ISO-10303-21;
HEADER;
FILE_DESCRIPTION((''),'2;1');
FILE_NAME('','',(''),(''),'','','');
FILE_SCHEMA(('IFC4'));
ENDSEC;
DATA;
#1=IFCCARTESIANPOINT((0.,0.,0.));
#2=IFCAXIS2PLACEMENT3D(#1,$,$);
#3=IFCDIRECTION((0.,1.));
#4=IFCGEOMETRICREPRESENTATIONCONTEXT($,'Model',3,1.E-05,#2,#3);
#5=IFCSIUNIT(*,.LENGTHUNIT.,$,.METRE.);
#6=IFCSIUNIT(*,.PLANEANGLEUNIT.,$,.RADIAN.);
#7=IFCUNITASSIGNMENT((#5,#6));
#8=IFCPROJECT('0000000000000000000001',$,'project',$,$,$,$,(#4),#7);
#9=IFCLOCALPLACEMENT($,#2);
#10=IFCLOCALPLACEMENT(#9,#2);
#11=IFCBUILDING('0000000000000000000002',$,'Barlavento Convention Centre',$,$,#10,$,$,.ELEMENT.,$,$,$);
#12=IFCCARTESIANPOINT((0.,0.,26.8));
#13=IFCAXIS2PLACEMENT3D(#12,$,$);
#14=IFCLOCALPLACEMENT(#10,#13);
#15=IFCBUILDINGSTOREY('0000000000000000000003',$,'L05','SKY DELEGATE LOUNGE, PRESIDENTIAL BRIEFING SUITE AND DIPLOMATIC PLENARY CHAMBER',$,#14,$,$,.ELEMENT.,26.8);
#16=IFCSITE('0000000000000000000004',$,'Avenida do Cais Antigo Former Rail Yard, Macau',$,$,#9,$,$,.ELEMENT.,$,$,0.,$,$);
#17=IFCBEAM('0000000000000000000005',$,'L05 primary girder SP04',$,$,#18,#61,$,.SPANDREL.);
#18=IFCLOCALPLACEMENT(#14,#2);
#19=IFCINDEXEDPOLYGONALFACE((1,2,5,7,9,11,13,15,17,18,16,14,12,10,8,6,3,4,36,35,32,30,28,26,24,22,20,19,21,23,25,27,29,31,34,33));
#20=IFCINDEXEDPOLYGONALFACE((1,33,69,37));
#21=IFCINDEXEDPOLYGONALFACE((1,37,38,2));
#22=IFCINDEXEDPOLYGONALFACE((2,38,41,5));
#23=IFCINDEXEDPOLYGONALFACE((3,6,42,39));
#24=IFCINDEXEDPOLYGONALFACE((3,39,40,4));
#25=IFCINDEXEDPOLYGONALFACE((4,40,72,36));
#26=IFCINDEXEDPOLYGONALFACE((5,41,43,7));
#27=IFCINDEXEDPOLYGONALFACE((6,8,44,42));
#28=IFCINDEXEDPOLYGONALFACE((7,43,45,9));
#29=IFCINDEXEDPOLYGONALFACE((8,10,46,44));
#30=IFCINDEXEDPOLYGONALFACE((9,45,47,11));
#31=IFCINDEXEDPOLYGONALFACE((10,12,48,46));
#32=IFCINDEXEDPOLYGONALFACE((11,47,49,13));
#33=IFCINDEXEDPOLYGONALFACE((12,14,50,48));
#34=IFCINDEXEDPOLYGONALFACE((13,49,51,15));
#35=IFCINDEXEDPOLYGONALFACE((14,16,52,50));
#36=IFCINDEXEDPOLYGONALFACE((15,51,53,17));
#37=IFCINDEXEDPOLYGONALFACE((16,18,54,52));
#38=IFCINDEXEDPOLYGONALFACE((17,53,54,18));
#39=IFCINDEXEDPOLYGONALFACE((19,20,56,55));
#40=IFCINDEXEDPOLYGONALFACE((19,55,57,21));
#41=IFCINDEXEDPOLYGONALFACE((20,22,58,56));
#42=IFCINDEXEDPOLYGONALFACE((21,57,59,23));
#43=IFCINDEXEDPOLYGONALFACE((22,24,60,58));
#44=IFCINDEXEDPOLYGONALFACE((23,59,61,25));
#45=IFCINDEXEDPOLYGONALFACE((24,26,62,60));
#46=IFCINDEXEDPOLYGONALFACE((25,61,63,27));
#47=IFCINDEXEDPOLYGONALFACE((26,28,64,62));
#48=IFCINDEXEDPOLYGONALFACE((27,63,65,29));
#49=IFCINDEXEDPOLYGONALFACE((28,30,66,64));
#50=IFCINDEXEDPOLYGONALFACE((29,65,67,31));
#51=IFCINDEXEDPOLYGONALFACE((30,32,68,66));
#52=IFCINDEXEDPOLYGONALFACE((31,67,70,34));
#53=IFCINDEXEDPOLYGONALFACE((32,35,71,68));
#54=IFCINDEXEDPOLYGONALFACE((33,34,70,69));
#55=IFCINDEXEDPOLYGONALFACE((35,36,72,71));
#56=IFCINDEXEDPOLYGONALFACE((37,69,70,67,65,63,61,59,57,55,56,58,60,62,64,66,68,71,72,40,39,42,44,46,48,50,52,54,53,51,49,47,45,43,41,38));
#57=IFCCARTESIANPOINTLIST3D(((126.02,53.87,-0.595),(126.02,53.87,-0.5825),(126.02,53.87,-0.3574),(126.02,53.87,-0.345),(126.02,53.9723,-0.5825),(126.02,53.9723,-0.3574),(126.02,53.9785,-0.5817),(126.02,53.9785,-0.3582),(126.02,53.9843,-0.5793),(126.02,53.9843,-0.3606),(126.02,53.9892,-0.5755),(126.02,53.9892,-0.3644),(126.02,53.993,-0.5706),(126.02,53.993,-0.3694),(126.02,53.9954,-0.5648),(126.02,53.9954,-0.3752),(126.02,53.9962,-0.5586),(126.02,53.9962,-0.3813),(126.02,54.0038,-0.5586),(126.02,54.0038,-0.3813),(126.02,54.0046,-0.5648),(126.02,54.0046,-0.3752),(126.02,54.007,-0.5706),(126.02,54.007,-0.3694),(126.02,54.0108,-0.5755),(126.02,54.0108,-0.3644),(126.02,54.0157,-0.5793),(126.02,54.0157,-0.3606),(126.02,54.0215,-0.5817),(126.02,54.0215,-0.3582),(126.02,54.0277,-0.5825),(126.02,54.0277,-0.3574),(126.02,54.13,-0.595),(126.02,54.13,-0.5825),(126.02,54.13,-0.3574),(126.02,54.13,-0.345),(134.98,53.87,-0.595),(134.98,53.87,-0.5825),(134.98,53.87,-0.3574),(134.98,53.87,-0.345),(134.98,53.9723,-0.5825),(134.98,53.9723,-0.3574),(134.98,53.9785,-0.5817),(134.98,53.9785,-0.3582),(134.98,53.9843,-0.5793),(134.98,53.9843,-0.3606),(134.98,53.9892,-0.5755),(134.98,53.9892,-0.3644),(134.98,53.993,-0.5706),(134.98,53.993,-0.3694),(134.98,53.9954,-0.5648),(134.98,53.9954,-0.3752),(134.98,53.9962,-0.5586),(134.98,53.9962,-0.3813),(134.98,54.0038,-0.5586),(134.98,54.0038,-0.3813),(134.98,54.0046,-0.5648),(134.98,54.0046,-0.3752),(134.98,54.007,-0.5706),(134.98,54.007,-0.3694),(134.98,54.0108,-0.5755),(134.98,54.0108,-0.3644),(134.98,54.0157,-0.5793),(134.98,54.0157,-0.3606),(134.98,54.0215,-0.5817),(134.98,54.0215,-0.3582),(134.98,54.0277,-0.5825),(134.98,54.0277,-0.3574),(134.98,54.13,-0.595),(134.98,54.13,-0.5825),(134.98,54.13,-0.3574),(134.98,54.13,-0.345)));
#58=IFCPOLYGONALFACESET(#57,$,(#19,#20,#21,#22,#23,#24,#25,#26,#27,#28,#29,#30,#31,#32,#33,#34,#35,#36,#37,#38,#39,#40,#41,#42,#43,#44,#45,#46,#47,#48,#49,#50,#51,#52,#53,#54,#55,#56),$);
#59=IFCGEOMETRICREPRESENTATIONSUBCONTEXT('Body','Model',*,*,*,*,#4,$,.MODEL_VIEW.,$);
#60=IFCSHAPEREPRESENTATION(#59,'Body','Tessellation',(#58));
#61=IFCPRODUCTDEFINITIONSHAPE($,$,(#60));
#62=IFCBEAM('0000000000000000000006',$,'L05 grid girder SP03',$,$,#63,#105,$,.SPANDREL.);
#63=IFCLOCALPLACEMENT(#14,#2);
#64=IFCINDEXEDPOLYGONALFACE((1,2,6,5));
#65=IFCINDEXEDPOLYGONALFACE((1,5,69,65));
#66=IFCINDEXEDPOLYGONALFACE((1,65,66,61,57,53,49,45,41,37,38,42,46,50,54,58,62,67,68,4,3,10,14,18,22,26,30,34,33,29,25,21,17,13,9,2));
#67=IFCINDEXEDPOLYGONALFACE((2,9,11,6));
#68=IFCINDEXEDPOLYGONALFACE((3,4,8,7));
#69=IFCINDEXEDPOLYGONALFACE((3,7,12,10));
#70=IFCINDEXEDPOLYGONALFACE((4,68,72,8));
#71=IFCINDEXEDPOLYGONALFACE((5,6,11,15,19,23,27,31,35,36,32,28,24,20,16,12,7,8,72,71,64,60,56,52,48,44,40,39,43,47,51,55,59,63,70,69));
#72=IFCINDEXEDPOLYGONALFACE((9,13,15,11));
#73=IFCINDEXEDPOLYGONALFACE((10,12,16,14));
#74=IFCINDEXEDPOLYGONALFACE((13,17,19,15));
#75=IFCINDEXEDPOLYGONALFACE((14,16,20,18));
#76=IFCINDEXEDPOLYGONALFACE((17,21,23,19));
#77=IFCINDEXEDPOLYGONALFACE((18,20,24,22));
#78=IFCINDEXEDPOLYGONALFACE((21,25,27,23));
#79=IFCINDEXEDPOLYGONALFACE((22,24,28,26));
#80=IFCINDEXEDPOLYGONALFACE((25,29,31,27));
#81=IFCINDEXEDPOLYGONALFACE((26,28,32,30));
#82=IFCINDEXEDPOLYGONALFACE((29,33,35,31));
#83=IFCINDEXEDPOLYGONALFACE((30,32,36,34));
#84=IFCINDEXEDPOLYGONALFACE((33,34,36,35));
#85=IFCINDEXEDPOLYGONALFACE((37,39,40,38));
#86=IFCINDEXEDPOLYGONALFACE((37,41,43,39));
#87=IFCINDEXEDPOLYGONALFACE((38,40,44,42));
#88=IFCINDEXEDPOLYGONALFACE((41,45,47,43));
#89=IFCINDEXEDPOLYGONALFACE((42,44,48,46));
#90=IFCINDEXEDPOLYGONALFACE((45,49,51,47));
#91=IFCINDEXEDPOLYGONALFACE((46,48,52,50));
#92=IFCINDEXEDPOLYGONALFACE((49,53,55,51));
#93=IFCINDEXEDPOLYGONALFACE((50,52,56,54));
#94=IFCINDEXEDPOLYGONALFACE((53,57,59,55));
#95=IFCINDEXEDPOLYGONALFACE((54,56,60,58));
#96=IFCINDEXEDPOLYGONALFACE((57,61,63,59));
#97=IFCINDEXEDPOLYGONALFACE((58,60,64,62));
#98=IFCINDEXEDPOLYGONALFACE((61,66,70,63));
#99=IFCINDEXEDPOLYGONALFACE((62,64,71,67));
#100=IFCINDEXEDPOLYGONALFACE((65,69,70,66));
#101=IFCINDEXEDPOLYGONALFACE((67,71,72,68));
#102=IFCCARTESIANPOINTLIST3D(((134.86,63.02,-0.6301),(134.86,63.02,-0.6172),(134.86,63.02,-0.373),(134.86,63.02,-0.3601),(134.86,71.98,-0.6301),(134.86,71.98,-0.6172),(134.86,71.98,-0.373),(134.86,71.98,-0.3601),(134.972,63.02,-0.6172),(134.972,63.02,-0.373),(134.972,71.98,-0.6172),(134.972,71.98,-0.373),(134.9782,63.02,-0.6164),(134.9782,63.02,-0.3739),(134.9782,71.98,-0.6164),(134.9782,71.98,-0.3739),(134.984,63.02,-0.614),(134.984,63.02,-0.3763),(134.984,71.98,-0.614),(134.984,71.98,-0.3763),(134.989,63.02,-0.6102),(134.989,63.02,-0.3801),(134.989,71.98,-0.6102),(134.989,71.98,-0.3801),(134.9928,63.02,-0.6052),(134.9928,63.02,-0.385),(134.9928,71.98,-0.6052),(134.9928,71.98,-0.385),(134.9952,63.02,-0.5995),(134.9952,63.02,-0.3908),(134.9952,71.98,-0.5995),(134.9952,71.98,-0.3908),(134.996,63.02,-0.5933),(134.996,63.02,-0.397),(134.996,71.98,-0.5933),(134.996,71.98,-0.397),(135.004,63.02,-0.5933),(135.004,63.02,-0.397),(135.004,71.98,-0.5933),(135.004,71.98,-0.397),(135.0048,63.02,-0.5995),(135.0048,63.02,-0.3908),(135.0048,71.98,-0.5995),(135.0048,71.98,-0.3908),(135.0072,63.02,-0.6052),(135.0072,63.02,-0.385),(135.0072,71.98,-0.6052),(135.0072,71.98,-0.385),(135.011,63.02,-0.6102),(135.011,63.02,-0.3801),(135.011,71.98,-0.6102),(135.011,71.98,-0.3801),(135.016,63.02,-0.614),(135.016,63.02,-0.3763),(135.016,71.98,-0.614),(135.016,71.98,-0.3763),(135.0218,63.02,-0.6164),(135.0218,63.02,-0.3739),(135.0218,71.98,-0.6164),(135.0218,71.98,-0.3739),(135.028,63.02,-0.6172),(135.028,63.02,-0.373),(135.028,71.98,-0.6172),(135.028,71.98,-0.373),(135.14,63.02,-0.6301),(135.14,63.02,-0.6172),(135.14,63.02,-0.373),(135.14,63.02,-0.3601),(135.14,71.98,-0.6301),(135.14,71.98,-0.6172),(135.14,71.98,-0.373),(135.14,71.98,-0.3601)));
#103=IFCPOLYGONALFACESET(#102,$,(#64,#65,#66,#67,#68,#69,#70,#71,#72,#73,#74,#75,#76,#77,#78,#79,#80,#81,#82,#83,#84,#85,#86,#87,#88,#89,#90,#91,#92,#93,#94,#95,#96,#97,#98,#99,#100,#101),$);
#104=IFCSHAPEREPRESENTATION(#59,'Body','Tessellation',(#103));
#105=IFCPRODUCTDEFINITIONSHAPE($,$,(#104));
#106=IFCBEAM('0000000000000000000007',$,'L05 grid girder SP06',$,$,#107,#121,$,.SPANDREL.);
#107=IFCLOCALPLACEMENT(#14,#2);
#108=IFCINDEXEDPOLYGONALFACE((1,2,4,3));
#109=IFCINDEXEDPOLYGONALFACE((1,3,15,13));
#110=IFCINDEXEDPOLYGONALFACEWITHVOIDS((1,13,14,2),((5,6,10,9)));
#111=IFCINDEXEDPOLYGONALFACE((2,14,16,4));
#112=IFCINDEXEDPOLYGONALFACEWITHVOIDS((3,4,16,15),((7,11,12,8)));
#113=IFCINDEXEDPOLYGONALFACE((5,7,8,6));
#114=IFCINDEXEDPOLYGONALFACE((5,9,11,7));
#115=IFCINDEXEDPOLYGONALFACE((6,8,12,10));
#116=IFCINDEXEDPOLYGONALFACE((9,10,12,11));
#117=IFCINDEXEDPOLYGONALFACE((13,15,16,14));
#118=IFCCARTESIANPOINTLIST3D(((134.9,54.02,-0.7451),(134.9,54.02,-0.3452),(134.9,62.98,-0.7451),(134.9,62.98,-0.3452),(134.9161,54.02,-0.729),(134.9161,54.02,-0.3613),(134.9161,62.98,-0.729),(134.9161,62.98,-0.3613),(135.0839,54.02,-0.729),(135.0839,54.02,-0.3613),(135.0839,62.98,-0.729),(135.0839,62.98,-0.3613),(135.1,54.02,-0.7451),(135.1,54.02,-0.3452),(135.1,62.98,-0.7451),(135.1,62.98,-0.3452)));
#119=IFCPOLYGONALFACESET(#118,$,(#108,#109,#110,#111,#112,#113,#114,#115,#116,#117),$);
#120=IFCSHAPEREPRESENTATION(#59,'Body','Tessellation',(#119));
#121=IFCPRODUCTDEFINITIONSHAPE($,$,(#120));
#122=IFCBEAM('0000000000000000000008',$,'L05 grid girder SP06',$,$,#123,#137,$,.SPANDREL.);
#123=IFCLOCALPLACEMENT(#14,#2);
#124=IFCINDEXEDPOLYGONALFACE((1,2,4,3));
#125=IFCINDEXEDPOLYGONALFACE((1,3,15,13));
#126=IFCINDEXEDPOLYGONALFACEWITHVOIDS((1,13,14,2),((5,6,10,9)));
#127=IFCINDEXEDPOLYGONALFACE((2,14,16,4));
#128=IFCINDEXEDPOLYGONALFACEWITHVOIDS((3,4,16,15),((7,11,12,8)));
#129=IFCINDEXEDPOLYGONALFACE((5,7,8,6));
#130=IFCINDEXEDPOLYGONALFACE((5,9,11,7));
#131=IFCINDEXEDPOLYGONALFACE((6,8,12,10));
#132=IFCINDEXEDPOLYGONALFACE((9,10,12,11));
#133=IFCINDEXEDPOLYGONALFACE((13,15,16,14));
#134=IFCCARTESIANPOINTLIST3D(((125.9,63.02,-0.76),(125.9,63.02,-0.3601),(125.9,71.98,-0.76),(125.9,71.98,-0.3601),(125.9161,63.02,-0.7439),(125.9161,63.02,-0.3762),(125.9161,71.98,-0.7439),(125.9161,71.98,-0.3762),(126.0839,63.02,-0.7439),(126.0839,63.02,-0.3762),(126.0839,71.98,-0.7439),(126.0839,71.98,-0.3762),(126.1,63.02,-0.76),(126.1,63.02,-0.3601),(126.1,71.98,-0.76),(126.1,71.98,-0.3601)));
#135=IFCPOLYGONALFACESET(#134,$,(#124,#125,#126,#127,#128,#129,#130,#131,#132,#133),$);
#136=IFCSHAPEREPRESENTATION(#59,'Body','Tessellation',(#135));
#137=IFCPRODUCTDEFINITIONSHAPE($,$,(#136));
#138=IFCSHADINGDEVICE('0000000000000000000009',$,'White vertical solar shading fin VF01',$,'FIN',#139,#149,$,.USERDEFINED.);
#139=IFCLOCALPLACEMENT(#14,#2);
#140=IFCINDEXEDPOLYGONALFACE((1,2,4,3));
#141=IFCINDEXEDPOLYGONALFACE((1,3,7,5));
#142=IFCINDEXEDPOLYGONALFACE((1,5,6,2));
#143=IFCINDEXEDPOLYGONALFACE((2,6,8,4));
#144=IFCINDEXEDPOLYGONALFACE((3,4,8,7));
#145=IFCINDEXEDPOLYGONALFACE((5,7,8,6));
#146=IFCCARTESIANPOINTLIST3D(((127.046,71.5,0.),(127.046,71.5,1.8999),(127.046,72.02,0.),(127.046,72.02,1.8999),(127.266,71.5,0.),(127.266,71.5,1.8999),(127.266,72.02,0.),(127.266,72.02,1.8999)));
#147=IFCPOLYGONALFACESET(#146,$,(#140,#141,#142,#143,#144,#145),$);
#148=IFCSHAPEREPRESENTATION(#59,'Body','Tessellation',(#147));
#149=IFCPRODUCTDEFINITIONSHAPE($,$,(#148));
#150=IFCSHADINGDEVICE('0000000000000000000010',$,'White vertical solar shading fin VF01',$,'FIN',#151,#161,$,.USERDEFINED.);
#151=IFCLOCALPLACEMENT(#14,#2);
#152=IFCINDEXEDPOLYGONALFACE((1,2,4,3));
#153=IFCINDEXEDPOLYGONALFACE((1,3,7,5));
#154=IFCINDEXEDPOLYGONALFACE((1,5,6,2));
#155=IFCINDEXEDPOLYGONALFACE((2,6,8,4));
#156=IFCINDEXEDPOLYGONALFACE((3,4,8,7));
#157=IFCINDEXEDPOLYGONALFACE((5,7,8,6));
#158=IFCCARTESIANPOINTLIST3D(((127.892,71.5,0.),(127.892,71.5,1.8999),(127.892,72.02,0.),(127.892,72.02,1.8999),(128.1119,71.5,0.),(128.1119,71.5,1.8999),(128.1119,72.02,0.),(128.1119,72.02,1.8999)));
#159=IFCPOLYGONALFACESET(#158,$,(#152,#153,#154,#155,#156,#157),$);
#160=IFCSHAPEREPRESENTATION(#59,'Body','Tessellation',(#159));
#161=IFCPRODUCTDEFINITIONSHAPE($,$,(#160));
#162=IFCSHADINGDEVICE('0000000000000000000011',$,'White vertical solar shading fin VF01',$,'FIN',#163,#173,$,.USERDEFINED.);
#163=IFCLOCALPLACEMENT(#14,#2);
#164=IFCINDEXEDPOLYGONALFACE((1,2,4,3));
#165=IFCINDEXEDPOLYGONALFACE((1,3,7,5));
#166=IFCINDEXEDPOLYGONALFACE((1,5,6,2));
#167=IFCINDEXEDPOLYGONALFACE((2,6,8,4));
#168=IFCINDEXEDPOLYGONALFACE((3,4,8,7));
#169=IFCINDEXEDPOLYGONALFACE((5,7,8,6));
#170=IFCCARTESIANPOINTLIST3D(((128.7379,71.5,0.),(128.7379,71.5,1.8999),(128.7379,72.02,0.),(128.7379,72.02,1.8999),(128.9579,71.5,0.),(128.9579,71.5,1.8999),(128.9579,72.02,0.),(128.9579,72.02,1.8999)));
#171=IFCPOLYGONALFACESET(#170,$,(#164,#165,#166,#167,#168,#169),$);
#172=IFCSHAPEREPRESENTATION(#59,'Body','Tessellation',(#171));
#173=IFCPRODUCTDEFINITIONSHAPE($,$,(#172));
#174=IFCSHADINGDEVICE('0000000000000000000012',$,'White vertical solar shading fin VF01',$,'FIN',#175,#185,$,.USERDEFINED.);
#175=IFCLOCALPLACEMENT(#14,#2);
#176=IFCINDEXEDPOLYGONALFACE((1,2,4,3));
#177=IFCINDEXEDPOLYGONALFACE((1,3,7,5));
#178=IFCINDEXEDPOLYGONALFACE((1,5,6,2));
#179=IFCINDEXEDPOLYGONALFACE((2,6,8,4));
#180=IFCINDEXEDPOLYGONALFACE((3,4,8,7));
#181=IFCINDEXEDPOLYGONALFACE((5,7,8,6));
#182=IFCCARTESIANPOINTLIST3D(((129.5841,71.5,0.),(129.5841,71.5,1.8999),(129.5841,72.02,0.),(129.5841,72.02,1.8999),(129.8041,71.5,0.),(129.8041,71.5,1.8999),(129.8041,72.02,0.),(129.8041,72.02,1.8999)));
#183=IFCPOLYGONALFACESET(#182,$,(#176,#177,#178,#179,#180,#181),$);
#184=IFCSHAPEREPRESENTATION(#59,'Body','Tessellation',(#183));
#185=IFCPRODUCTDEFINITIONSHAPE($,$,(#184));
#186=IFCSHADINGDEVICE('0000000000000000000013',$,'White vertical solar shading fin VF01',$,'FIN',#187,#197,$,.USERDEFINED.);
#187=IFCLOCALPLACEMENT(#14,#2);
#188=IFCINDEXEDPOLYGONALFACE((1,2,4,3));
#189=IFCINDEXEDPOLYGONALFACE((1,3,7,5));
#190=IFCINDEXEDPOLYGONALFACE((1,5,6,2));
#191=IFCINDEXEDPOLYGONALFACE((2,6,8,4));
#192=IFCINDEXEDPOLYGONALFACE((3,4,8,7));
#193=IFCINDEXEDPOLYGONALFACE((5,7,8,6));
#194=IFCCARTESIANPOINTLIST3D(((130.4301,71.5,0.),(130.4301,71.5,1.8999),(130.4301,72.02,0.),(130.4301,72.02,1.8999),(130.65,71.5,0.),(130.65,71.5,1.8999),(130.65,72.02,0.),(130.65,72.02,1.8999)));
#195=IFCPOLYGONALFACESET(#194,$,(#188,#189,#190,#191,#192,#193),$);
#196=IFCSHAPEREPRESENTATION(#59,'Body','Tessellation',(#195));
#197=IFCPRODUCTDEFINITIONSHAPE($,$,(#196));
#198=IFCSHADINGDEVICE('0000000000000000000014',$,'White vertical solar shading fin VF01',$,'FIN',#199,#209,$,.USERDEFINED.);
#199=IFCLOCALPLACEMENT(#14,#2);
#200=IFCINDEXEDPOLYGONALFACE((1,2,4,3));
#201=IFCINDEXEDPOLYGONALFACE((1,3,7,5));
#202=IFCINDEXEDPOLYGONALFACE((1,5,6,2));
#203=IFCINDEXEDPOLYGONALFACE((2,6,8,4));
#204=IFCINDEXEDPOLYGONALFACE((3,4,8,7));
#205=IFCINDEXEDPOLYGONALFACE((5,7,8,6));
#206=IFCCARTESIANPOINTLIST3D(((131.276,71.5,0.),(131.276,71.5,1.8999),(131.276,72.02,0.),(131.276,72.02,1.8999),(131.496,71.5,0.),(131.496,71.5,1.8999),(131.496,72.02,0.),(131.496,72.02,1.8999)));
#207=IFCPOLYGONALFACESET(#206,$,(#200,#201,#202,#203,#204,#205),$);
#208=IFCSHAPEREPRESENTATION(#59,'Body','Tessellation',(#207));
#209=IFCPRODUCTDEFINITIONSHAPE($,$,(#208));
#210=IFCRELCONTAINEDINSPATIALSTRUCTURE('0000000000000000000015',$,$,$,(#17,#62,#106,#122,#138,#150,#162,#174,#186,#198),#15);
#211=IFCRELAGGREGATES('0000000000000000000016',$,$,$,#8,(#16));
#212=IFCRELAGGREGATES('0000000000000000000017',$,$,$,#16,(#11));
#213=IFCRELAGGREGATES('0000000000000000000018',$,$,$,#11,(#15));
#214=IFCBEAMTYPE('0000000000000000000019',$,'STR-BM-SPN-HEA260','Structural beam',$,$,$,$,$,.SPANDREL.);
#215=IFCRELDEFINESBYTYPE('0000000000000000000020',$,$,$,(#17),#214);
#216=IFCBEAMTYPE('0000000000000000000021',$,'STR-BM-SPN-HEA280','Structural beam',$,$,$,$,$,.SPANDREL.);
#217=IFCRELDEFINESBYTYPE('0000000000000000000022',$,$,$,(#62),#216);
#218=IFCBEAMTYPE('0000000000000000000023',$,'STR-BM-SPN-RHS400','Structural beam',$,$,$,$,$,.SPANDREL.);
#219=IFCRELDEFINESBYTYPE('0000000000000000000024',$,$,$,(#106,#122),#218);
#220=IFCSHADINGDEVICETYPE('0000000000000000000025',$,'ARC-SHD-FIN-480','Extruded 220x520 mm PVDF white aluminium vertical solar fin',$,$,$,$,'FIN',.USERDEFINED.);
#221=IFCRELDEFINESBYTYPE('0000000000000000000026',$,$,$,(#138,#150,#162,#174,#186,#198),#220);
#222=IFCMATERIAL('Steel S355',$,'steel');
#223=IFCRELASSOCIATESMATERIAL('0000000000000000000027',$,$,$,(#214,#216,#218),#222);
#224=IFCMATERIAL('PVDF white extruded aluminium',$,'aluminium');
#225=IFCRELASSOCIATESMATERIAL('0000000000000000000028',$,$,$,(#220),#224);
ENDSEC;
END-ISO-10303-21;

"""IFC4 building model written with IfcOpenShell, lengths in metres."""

from ifc_helpers import new_model, si_unit, direction, frame, origin, origin_2d, place, context, subcontext, project, spatial, rectangle, hollow_rectangle, i_section, extrude, material, material_profile, profile_set, type_object, element, save


model = new_model("IFC4")

# Units and contexts
model_context = context("Model", 3, precision=1e-05, world=origin(), true_north=direction((0.0, 1.0)))
body_context = subcontext(model_context, "Body", "Model", "MODEL_VIEW")
ifc_project = project(units=[si_unit("LENGTHUNIT", "METRE"), si_unit("PLANEANGLEUNIT", "RADIAN")], contexts=[model_context])

# Site, building, storey
site_placement = place(None, origin())
site = spatial("IfcSite", under=ifc_project, at=site_placement, Name="Avenida do Cais Antigo Former Rail Yard, Macau", CompositionType="ELEMENT", RefElevation=0.0)
building_placement = place(site_placement, origin())
building = spatial("IfcBuilding", under=site, at=building_placement, Name="Barlavento Convention Centre", CompositionType="ELEMENT")
storey_placement = place(building_placement, frame((0.0, 0.0, 26.8)))
storey = spatial("IfcBuildingStorey", under=building, at=storey_placement, Name="L05", Description="SKY DELEGATE LOUNGE, PRESIDENTIAL BRIEFING SUITE AND DIPLOMATIC PLENARY CHAMBER", CompositionType="ELEMENT", Elevation=26.8)

# Beams
ifc_material_1 = material(Name="Steel S355", Category="steel")
ifc_material_profile_1 = material_profile(ifc_material_1, i_section(OverallWidth=0.26, OverallDepth=0.25, WebThickness=0.0076, FlangeThickness=0.0125, FilletRadius=0.0239, at=origin_2d()), Name="HEA 260")
ifc_profile_set_1 = profile_set([ifc_material_profile_1], Name="Steel S355")
beam_type_1 = type_object("IfcBeamType", Name="STR-BM-SPN-HEA260", Description="Structural beam", PredefinedType="SPANDREL", material=ifc_profile_set_1)
beam_1_placement = place(storey_placement, frame((126.02, 54.0, -0.47), z_axis=(1.0, 0.0, 0.0), x_axis=(0.0, 1.0, 0.0)))
element("IfcBeam", 1, at=beam_1_placement, inside=storey, type_object=beam_type_1, Name="L05 primary girder SP04", PredefinedType="SPANDREL", context=body_context, shape_type="SweptSolid", body=[
    extrude(i_section(OverallWidth=0.26, OverallDepth=0.25, WebThickness=0.0076, FlangeThickness=0.0125, FilletRadius=0.0239, at=origin_2d()), origin(), (0.0, 0.0, 1.0), 8.96),
])
ifc_material_profile_2 = material_profile(ifc_material_1, i_section(OverallWidth=0.28, OverallDepth=0.27, WebThickness=0.0081, FlangeThickness=0.0129, FilletRadius=0.0239, at=origin_2d()), Name="HEA 280")
ifc_profile_set_2 = profile_set([ifc_material_profile_2], Name="Steel S355")
beam_type_2 = type_object("IfcBeamType", Name="STR-BM-SPN-HEA280", Description="Structural beam", PredefinedType="SPANDREL", material=ifc_profile_set_2)
beam_2_placement = place(storey_placement, frame((135.0, 63.02, -0.4951), z_axis=(0.0, 1.0, 0.0), x_axis=(-1.0, 0.0, 0.0)))
element("IfcBeam", 2, at=beam_2_placement, inside=storey, type_object=beam_type_2, Name="L05 grid girder SP03", PredefinedType="SPANDREL", context=body_context, shape_type="SweptSolid", body=[
    extrude(i_section(OverallWidth=0.28, OverallDepth=0.27, WebThickness=0.0081, FlangeThickness=0.0129, FilletRadius=0.0239, at=origin_2d()), origin(), (0.0, 0.0, 1.0), 8.96),
])
ifc_material_profile_3 = material_profile(ifc_material_1, hollow_rectangle(XDim=0.2, YDim=0.3999, WallThickness=0.0161, at=origin_2d()), Name="RHS 400x200x16.0")
ifc_profile_set_3 = profile_set([ifc_material_profile_3], Name="Steel S355")
beam_type_3 = type_object("IfcBeamType", Name="STR-BM-SPN-RHS400", Description="Structural beam", PredefinedType="SPANDREL", material=ifc_profile_set_3)
for number, where, z_axis, x_axis, name in (
    (3, (135.0, 54.02, -0.5452), (0.0, 1.0, 0.0), (-1.0, 0.0, 0.0), "L05 grid girder SP06"),
    (4, (126.0, 63.02, -0.5601), (0.0, 1.0, 0.0), (-1.0, 0.0, 0.0), "L05 grid girder SP06"),
):
    element("IfcBeam", number, at=place(storey_placement, frame(where, z_axis=z_axis, x_axis=x_axis)), inside=storey, type_object=beam_type_3, Name=name, PredefinedType="SPANDREL", context=body_context, shape_type="SweptSolid", body=[
        extrude(hollow_rectangle(XDim=0.2, YDim=0.3999, WallThickness=0.0161, at=origin_2d()), origin(), (0.0, 0.0, 1.0), 8.96),
    ])

# Shading devices
ifc_material_2 = material(Name="PVDF white extruded aluminium", Category="aluminium")
shading_device_type = type_object("IfcShadingDeviceType", Name="ARC-SHD-FIN-480", Description="Extruded 220x520 mm PVDF white aluminium vertical solar fin", ElementType="FIN", PredefinedType="USERDEFINED", material=ifc_material_2)
for number, where, z_axis, x_axis, name in (
    (5, (127.156, 71.76, 0.0), (0.0, 0.0, 1.0), (1.0, 0.0, 0.0), "White vertical solar shading fin VF01"),
    (6, (128.002, 71.76, 0.0), (0.0, 0.0, 1.0), (1.0, 0.0, 0.0), "White vertical solar shading fin VF01"),
    (7, (128.8479, 71.76, 0.0), (0.0, 0.0, 1.0), (1.0, 0.0, 0.0), "White vertical solar shading fin VF01"),
    (8, (129.6941, 71.76, 0.0), (0.0, 0.0, 1.0), (1.0, 0.0, 0.0), "White vertical solar shading fin VF01"),
    (9, (130.54, 71.76, 0.0), (0.0, 0.0, 1.0), (1.0, 0.0, 0.0), "White vertical solar shading fin VF01"),
    (10, (131.386, 71.76, 0.0), (0.0, 0.0, 1.0), (1.0, 0.0, 0.0), "White vertical solar shading fin VF01"),
):
    element("IfcShadingDevice", number, at=place(storey_placement, frame(where, z_axis=z_axis, x_axis=x_axis)), inside=storey, type_object=shading_device_type, Name=name, ObjectType="FIN", PredefinedType="USERDEFINED", context=body_context, shape_type="SweptSolid", body=[
        extrude(rectangle(XDim=0.22, YDim=0.52, at=origin_2d()), origin(), (0.0, 0.0, 1.0), 1.8999),
    ])

save(model, "model.ifc")
